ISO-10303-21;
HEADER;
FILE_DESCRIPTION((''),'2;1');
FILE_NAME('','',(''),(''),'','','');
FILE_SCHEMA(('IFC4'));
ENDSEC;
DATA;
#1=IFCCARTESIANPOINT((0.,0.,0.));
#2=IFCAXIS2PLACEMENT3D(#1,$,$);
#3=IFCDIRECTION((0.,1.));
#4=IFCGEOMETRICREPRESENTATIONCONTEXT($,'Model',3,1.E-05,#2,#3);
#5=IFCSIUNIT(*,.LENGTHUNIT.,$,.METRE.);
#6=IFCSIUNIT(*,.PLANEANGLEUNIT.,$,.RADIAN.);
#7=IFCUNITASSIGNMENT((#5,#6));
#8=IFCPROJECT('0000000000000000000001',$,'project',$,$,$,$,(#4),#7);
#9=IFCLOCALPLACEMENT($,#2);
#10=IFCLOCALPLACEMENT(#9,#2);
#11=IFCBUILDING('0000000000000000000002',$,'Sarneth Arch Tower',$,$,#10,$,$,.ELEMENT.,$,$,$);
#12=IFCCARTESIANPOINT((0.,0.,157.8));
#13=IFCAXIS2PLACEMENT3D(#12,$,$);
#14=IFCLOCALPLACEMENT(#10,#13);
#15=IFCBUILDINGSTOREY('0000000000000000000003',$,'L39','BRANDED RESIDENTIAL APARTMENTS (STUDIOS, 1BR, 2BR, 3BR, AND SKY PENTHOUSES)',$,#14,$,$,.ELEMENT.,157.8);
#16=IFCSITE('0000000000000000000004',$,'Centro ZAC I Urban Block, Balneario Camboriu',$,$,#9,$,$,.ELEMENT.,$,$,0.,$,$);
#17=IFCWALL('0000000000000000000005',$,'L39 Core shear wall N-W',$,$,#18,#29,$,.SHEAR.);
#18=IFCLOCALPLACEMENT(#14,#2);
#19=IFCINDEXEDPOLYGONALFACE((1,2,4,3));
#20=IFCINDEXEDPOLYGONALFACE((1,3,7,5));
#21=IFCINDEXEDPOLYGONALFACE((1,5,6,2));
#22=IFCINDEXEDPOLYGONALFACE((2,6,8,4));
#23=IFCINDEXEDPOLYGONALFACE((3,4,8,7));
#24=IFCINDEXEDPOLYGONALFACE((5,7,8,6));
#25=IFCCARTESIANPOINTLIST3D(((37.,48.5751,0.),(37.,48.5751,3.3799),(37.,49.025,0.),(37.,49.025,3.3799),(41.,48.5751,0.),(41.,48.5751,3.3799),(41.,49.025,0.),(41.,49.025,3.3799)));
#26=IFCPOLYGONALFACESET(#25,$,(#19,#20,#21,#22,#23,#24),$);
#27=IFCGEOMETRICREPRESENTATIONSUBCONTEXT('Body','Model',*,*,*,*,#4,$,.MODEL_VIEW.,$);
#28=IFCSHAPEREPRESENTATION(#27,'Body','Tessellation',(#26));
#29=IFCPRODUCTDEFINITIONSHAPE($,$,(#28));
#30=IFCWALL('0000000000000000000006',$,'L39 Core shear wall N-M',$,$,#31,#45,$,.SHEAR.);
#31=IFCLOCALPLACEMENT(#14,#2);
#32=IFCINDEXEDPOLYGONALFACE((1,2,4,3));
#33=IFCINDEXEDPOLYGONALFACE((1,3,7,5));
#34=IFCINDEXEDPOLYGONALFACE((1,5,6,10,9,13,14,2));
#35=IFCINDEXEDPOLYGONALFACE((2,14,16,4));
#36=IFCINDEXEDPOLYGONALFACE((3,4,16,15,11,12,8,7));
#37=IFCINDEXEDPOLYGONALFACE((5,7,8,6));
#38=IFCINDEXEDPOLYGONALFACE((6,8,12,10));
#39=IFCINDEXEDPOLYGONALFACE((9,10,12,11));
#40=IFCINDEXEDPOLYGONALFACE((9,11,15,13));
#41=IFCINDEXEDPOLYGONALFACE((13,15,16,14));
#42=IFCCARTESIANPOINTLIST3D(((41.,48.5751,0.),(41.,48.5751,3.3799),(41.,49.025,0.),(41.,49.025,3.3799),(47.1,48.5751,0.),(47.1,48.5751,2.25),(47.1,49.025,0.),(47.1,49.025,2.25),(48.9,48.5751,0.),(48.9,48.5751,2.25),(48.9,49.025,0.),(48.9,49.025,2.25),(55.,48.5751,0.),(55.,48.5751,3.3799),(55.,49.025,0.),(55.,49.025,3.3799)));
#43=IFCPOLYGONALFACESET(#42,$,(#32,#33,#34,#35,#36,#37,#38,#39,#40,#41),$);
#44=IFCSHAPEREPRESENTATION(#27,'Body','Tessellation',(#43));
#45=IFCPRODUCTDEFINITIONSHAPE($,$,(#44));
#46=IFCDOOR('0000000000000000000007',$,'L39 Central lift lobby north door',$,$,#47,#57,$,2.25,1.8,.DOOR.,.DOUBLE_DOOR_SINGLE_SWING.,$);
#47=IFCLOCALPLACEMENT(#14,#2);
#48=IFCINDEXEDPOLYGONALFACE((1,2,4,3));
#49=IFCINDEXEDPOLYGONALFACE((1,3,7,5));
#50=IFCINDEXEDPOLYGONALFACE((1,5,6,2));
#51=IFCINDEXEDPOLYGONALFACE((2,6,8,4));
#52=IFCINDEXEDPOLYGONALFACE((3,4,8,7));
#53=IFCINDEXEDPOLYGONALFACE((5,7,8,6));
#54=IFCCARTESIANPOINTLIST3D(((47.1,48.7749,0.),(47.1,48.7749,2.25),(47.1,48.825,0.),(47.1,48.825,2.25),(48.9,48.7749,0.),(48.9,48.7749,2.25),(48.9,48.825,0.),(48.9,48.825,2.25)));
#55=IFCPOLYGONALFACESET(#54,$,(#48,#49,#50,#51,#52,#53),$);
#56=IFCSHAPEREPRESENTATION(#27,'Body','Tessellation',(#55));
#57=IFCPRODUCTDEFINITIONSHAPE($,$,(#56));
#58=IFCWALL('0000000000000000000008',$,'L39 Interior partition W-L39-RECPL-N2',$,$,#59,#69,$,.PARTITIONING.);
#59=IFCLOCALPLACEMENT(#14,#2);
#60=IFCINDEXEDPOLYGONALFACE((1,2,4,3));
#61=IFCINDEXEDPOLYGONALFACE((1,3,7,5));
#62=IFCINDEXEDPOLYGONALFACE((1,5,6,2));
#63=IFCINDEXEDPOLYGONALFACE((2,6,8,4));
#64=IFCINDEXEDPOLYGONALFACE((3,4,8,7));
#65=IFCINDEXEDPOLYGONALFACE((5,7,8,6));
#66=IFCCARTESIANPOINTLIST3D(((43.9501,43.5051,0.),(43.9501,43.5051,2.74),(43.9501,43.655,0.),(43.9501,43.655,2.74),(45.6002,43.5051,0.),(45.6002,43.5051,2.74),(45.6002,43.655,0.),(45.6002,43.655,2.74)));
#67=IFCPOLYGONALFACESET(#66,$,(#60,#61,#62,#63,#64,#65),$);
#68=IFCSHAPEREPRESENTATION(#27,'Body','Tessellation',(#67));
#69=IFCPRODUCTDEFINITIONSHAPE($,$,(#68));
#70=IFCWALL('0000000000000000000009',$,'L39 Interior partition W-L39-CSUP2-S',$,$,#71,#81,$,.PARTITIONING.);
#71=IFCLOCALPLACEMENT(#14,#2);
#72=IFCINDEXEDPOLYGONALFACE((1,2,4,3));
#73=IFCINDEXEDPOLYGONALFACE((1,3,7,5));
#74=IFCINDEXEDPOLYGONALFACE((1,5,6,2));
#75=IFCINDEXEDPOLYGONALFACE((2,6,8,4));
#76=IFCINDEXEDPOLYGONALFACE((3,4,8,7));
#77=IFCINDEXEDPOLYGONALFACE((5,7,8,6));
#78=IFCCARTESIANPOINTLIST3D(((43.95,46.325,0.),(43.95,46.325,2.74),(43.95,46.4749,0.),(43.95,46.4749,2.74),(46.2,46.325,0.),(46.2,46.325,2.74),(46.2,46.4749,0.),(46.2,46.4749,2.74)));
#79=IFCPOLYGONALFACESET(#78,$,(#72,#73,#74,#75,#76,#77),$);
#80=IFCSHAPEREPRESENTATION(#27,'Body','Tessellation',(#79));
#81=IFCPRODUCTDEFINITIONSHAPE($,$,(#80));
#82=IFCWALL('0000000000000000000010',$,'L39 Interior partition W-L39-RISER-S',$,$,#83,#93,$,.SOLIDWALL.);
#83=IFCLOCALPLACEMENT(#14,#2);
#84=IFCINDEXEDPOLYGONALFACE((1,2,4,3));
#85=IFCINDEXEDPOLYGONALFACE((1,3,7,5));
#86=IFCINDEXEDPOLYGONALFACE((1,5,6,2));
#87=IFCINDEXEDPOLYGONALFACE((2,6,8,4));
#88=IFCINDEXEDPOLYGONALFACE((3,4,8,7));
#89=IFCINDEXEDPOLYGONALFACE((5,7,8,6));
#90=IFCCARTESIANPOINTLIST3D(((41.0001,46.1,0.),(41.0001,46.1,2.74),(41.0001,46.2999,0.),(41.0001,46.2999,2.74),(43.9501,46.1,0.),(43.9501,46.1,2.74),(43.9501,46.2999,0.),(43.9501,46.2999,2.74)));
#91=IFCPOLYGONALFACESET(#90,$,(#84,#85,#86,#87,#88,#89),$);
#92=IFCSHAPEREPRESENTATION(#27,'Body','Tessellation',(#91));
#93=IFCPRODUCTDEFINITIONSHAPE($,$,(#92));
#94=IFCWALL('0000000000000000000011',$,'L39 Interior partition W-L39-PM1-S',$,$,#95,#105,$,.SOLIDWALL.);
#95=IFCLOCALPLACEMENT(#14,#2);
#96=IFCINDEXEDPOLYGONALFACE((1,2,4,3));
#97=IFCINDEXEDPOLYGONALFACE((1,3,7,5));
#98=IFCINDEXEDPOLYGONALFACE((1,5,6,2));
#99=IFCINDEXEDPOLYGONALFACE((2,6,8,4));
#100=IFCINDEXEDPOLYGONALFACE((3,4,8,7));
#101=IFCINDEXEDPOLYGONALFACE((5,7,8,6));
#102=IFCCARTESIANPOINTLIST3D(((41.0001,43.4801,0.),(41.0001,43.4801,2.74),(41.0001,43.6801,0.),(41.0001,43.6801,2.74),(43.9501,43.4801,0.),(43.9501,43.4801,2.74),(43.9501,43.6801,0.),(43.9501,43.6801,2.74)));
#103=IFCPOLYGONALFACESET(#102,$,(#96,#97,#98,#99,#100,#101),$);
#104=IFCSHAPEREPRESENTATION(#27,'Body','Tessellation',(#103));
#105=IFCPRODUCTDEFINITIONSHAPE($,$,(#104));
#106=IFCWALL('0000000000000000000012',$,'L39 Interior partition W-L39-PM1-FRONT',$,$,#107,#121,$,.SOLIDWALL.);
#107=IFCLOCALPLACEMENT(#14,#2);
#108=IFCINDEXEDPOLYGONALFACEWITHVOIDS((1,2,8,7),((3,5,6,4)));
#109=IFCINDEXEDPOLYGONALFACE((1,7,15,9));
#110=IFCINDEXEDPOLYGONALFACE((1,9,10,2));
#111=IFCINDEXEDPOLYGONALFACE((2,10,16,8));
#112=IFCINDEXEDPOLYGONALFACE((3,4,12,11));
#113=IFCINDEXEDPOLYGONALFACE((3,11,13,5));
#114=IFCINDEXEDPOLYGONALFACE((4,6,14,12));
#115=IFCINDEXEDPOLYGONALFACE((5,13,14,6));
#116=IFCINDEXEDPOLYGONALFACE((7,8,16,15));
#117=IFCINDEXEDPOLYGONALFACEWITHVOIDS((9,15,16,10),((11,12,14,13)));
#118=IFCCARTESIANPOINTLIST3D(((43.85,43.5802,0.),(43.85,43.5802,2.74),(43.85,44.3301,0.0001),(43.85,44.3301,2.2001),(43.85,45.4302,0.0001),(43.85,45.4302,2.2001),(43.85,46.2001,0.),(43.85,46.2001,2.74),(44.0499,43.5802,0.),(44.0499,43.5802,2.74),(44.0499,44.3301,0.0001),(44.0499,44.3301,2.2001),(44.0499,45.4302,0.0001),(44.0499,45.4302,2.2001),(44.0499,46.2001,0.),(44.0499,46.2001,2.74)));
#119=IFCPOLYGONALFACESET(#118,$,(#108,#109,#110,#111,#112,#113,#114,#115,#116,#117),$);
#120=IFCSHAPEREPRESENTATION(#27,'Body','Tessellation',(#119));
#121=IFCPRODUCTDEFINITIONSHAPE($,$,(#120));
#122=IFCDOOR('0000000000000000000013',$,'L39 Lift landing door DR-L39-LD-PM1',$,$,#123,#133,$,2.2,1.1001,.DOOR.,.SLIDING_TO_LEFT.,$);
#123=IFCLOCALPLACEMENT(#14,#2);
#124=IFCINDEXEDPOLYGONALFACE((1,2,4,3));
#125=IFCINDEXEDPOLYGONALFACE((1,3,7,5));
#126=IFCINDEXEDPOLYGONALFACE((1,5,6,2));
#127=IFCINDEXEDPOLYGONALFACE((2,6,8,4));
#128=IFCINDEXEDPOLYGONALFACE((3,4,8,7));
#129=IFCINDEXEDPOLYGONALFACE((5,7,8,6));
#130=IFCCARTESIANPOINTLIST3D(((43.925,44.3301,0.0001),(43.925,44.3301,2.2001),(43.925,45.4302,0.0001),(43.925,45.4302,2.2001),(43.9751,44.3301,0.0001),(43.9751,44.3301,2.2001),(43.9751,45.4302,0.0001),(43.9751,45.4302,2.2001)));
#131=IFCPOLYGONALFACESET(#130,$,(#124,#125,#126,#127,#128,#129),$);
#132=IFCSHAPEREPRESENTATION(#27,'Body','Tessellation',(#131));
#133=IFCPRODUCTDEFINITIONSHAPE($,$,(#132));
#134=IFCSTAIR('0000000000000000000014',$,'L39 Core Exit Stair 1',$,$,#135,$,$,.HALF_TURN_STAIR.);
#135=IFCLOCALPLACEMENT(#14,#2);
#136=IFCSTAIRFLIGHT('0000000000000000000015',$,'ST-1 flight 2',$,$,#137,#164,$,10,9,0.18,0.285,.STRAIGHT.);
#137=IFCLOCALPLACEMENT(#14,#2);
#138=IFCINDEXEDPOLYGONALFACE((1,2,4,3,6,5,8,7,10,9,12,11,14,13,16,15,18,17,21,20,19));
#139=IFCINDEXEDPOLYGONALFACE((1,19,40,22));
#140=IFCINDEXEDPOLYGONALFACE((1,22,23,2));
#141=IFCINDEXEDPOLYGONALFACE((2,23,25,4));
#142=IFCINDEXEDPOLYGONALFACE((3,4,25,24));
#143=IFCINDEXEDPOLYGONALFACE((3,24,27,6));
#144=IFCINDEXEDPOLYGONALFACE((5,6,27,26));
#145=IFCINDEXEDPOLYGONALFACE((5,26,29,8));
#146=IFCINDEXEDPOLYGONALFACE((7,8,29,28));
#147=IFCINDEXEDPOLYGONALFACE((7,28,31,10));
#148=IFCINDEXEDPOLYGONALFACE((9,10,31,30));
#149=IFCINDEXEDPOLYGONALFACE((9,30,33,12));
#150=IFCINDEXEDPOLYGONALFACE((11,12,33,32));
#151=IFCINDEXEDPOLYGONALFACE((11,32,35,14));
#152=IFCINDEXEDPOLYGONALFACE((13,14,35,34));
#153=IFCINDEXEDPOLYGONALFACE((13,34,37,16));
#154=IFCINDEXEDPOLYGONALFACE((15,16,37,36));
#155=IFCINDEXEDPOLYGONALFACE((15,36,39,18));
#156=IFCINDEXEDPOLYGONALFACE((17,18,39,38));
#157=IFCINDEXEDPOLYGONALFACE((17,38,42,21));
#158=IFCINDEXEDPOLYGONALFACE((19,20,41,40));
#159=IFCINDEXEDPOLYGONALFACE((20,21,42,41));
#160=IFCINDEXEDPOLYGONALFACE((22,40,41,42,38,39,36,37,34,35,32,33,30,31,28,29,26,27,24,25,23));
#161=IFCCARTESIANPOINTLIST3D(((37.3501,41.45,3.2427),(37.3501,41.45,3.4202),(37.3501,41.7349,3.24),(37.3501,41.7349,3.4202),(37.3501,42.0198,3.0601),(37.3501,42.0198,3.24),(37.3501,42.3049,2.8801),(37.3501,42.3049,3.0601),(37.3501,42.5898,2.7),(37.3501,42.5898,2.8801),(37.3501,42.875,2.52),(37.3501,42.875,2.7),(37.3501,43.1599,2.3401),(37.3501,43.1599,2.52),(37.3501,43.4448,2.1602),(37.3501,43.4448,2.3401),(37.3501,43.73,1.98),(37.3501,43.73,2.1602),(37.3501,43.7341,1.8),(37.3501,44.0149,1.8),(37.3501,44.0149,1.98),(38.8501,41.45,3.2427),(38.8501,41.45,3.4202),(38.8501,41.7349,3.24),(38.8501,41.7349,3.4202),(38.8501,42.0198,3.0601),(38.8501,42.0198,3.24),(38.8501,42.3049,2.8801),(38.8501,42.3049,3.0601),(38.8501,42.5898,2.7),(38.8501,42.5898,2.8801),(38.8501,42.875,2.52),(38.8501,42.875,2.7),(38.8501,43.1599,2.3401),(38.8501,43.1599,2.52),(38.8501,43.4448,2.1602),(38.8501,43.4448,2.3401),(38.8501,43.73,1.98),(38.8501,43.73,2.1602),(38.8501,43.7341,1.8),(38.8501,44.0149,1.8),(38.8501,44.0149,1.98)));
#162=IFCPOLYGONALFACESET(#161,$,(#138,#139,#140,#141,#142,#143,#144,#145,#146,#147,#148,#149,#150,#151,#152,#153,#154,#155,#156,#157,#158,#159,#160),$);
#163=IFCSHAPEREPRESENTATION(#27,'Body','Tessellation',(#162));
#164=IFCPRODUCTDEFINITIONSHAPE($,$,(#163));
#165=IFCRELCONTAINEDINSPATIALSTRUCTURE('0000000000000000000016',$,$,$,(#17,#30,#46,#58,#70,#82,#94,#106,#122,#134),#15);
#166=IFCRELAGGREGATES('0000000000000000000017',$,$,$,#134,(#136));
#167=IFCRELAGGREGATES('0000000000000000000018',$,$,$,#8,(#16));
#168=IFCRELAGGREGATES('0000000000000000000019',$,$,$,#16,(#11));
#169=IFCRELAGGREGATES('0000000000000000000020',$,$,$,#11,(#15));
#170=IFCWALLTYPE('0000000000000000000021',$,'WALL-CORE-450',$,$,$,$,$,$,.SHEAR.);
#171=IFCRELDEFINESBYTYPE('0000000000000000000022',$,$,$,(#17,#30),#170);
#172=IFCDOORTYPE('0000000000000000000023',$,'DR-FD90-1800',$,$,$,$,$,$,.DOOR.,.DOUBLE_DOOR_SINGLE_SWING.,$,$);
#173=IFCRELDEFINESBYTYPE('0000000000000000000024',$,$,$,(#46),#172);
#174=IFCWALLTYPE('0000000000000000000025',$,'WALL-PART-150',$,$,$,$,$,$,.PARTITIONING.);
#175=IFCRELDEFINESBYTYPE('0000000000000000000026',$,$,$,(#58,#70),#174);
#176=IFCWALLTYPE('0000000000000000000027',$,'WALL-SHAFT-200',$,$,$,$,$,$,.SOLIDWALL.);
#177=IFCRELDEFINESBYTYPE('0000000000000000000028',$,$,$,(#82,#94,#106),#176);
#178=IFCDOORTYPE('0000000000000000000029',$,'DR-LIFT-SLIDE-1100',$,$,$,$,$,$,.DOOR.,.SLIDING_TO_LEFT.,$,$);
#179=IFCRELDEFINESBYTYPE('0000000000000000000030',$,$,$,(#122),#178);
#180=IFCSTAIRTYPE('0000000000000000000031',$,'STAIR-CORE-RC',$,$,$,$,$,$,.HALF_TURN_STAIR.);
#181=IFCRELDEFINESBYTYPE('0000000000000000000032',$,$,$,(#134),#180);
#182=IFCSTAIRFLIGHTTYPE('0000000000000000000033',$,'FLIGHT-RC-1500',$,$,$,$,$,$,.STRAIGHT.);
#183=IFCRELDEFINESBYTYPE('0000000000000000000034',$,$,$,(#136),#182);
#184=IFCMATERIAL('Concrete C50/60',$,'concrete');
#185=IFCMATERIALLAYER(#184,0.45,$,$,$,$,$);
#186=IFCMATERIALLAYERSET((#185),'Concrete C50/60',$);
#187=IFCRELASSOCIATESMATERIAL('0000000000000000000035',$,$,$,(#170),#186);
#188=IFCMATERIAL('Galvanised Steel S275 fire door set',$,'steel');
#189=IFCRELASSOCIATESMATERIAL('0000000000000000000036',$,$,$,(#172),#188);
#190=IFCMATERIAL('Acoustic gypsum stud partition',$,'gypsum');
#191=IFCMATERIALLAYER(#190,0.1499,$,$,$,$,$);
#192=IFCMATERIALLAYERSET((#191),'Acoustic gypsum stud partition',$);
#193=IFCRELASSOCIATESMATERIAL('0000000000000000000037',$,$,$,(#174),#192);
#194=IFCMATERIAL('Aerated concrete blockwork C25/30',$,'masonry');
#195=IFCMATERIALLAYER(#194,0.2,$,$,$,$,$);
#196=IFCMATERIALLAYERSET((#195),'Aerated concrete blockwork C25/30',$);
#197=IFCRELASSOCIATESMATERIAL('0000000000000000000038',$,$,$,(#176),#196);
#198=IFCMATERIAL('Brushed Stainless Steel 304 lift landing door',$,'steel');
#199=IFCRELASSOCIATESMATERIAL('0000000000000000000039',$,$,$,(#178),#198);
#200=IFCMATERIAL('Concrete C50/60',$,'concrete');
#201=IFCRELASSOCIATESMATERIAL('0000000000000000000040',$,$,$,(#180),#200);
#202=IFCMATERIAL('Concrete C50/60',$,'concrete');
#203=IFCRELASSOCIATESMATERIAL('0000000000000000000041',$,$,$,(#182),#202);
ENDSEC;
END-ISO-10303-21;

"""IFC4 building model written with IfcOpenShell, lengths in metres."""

from ifc_helpers import new_model, si_unit, direction, frame, frame_2d, origin, place, context, subcontext, project, spatial, polyline, rectangle, outline, extrude, material, layer, layer_set, type_object, element, fill, aggregate, save


model = new_model("IFC4")

# Units and contexts
model_context = context("Model", 3, precision=1e-05, world=origin(), true_north=direction((0.0, 1.0)))
body_context = subcontext(model_context, "Body", "Model", "MODEL_VIEW")
ifc_project = project(units=[si_unit("LENGTHUNIT", "METRE"), si_unit("PLANEANGLEUNIT", "RADIAN")], contexts=[model_context])

# Site, building, storey
site_placement = place(None, origin())
site = spatial("IfcSite", under=ifc_project, at=site_placement, Name="Centro ZAC I Urban Block, Balneario Camboriu", CompositionType="ELEMENT", RefElevation=0.0)
building_placement = place(site_placement, origin())
building = spatial("IfcBuilding", under=site, at=building_placement, Name="Sarneth Arch Tower", CompositionType="ELEMENT")
storey_placement = place(building_placement, frame((0.0, 0.0, 157.8)))
storey = spatial("IfcBuildingStorey", under=building, at=storey_placement, Name="L39", Description="BRANDED RESIDENTIAL APARTMENTS (STUDIOS, 1BR, 2BR, 3BR, AND SKY PENTHOUSES)", CompositionType="ELEMENT", Elevation=157.8)

# Wall
ifc_material_1 = material(Name="Concrete C50/60", Category="concrete")
ifc_layer_1 = layer(ifc_material_1, 0.45)
ifc_layer_set_1 = layer_set([ifc_layer_1], Name="Concrete C50/60")
wall_type_1 = type_object("IfcWallType", Name="WALL-CORE-450", PredefinedType="SHEAR", material=ifc_layer_set_1)
wall_1_placement = place(storey_placement, frame((37.0, 48.8, 0.0), z_axis=(0.0, 0.0, 1.0), x_axis=(1.0, 0.0, 0.0)))
element("IfcWall", 1, at=wall_1_placement, inside=storey, type_object=wall_type_1, Name="L39 Core shear wall N-W", PredefinedType="SHEAR", context=body_context, shape_type="SweptSolid", body=[
    extrude(rectangle(XDim=4.0, YDim=0.45, at=frame_2d((2.0, 0.0))), origin(), (0.0, 0.0, 1.0), 3.3799),
])

# Wall, opening, door
wall_2_placement = place(storey_placement, frame((41.0, 48.8, 0.0), z_axis=(0.0, 0.0, 1.0), x_axis=(1.0, 0.0, 0.0)))
wall_2 = element("IfcWall", 2, at=wall_2_placement, inside=storey, type_object=wall_type_1, Name="L39 Core shear wall N-M", PredefinedType="SHEAR", context=body_context, shape_type="SweptSolid", body=[
    extrude(rectangle(XDim=14.0, YDim=0.45, at=frame_2d((7.0, 0.0))), origin(), (0.0, 0.0, 1.0), 3.3799),
])
opening_1_placement = place(wall_2_placement, frame((6.1001, 0.0, 0.0)))
opening_1 = element("IfcOpeningElement", 3, at=opening_1_placement, cuts=wall_2, PredefinedType="OPENING", context=body_context, shape_type="SweptSolid", body=[
    extrude(rectangle(XDim=1.8, YDim=2.25, at=frame_2d((0.8999, 1.125))), frame((0.0, 0.2349, 0.0), z_axis=(0.0, -1.0, 0.0), x_axis=(1.0, 0.0, 0.0)), (0.0, 0.0, 1.0), 0.47),
])
ifc_material_2 = material(Name="Galvanised Steel S275 fire door set", Category="steel")
door_type_1 = type_object("IfcDoorType", Name="DR-FD90-1800", OperationType="DOUBLE_DOOR_SINGLE_SWING", PredefinedType="DOOR", material=ifc_material_2)
door_1_placement = place(opening_1_placement, origin())
door_1 = element("IfcDoor", 4, at=door_1_placement, inside=storey, type_object=door_type_1, Name="L39 Central lift lobby north door", OperationType="DOUBLE_DOOR_SINGLE_SWING", OverallHeight=2.25, OverallWidth=1.8, PredefinedType="DOOR", context=body_context, shape_type="SweptSolid", body=[
    extrude(rectangle(XDim=1.8, YDim=2.25, at=frame_2d((0.8999, 1.125))), frame((0.0, 0.0249, 0.0), z_axis=(0.0, -1.0, 0.0), x_axis=(1.0, 0.0, 0.0)), (0.0, 0.0, 1.0), 0.05),
])
fill(opening_1, door_1)

# Walls
ifc_material_3 = material(Name="Acoustic gypsum stud partition", Category="gypsum")
ifc_layer_2 = layer(ifc_material_3, 0.1499)
ifc_layer_set_2 = layer_set([ifc_layer_2], Name="Acoustic gypsum stud partition")
wall_type_2 = type_object("IfcWallType", Name="WALL-PART-150", PredefinedType="PARTITIONING", material=ifc_layer_set_2)
wall_3_placement = place(storey_placement, frame((43.95, 43.5801, 0.0), z_axis=(0.0, 0.0, 1.0), x_axis=(1.0, 0.0, 0.0)))
element("IfcWall", 5, at=wall_3_placement, inside=storey, type_object=wall_type_2, Name="L39 Interior partition W-L39-RECPL-N2", PredefinedType="PARTITIONING", context=body_context, shape_type="SweptSolid", body=[
    extrude(rectangle(XDim=1.6501, YDim=0.1499, at=frame_2d((0.8252, 0.0))), origin(), (0.0, 0.0, 1.0), 2.74),
])
wall_4_placement = place(storey_placement, frame((43.95, 46.3999, 0.0), z_axis=(0.0, 0.0, 1.0), x_axis=(1.0, 0.0, 0.0)))
element("IfcWall", 6, at=wall_4_placement, inside=storey, type_object=wall_type_2, Name="L39 Interior partition W-L39-CSUP2-S", PredefinedType="PARTITIONING", context=body_context, shape_type="SweptSolid", body=[
    extrude(rectangle(XDim=2.25, YDim=0.1499, at=frame_2d((1.125, 0.0))), origin(), (0.0, 0.0, 1.0), 2.74),
])

# Wall
ifc_material_4 = material(Name="Aerated concrete blockwork C25/30", Category="masonry")
ifc_layer_3 = layer(ifc_material_4, 0.2)
ifc_layer_set_3 = layer_set([ifc_layer_3], Name="Aerated concrete blockwork C25/30")
wall_type_3 = type_object("IfcWallType", Name="WALL-SHAFT-200", PredefinedType="SOLIDWALL", material=ifc_layer_set_3)
wall_5_placement = place(storey_placement, frame((41.0, 46.2, 0.0), z_axis=(0.0, 0.0, 1.0), x_axis=(1.0, 0.0, 0.0)))
element("IfcWall", 7, at=wall_5_placement, inside=storey, type_object=wall_type_3, Name="L39 Interior partition W-L39-RISER-S", PredefinedType="SOLIDWALL", context=body_context, shape_type="SweptSolid", body=[
    extrude(rectangle(XDim=2.95, YDim=0.2, at=frame_2d((1.4751, 0.0))), origin(), (0.0, 0.0, 1.0), 2.74),
])

# Wall
wall_6_placement = place(storey_placement, frame((41.0, 43.5801, 0.0), z_axis=(0.0, 0.0, 1.0), x_axis=(1.0, 0.0, 0.0)))
element("IfcWall", 8, at=wall_6_placement, inside=storey, type_object=wall_type_3, Name="L39 Interior partition W-L39-PM1-S", PredefinedType="SOLIDWALL", context=body_context, shape_type="SweptSolid", body=[
    extrude(rectangle(XDim=2.95, YDim=0.2, at=frame_2d((1.4751, 0.0))), origin(), (0.0, 0.0, 1.0), 2.74),
])

# Wall, opening, door
wall_7_placement = place(storey_placement, frame((43.95, 43.5801, 0.0), z_axis=(0.0, 0.0, 1.0), x_axis=(0.0, 1.0, 0.0)))
wall_7 = element("IfcWall", 9, at=wall_7_placement, inside=storey, type_object=wall_type_3, Name="L39 Interior partition W-L39-PM1-FRONT", PredefinedType="SOLIDWALL", context=body_context, shape_type="SweptSolid", body=[
    extrude(rectangle(XDim=2.6199, YDim=0.2, at=frame_2d((1.3101, 0.0))), origin(), (0.0, 0.0, 1.0), 2.74),
])
opening_2_placement = place(wall_7_placement, frame((0.75, 0.0, 0.0)))
opening_2 = element("IfcOpeningElement", 10, at=opening_2_placement, cuts=wall_7, PredefinedType="OPENING", context=body_context, shape_type="SweptSolid", body=[
    extrude(rectangle(XDim=1.1001, YDim=2.2, at=frame_2d((0.55, 1.1001))), frame((0.0, 0.1099, 0.0), z_axis=(0.0, -1.0, 0.0), x_axis=(1.0, 0.0, 0.0)), (0.0, 0.0, 1.0), 0.22),
])
ifc_material_5 = material(Name="Brushed Stainless Steel 304 lift landing door", Category="steel")
door_type_2 = type_object("IfcDoorType", Name="DR-LIFT-SLIDE-1100", OperationType="SLIDING_TO_LEFT", PredefinedType="DOOR", material=ifc_material_5)
door_2_placement = place(opening_2_placement, origin())
door_2 = element("IfcDoor", 11, at=door_2_placement, inside=storey, type_object=door_type_2, Name="L39 Lift landing door DR-L39-LD-PM1", OperationType="SLIDING_TO_LEFT", OverallHeight=2.2, OverallWidth=1.1001, PredefinedType="DOOR", context=body_context, shape_type="SweptSolid", body=[
    extrude(rectangle(XDim=1.1001, YDim=2.2, at=frame_2d((0.55, 1.1001))), frame((0.0, 0.0249, 0.0), z_axis=(0.0, -1.0, 0.0), x_axis=(1.0, 0.0, 0.0)), (0.0, 0.0, 1.0), 0.05),
])
fill(opening_2, door_2)

# Stair, stair flight
ifc_material_6 = material(Name="Concrete C50/60", Category="concrete")
stair_type = type_object("IfcStairType", Name="STAIR-CORE-RC", PredefinedType="HALF_TURN_STAIR", material=ifc_material_6)
stair_placement = place(storey_placement, origin())
stair = element("IfcStair", 12, at=stair_placement, inside=storey, type_object=stair_type, Name="L39 Core Exit Stair 1", PredefinedType="HALF_TURN_STAIR")
ifc_material_7 = material(Name="Concrete C50/60", Category="concrete")
stair_flight_type = type_object("IfcStairFlightType", Name="FLIGHT-RC-1500", PredefinedType="STRAIGHT", material=ifc_material_7)
stair_flight_placement = place(storey_placement, frame((38.1001, 44.0149, 1.8), z_axis=(0.0, 0.0, 1.0), x_axis=(0.0, -1.0, 0.0)))
stair_flight = element("IfcStairFlight", 13, at=stair_flight_placement, type_object=stair_flight_type, Name="ST-1 flight 2", NumberOfRisers=10, NumberOfTreads=9, PredefinedType="STRAIGHT", RiserHeight=0.18, TreadLength=0.285, context=body_context, shape_type="SweptSolid", body=[
    extrude(outline(polyline([(0.0, 0.0), (0.0, 0.1799), (0.2849, 0.1799), (0.2849, 0.3601), (0.5701, 0.3601), (0.5701, 0.54), (0.855, 0.54), (0.855, 0.72), (1.1399, 0.72), (1.1399, 0.8999), (1.425, 0.8999), (1.425, 1.0801), (1.71, 1.0801), (1.71, 1.26), (1.9951, 1.26), (1.9951, 1.4399), (2.28, 1.4399), (2.28, 1.6201), (2.5649, 1.6201), (2.5649, 1.8), (2.5649, 1.4426), (0.2808, 0.0), (0.0, 0.0)])), frame((0.0, 0.75, 0.0), z_axis=(0.0, -1.0, 0.0), x_axis=(1.0, 0.0, 0.0)), (0.0, 0.0, 1.0), 1.5),
])
aggregate(stair, [stair_flight])

save(model, "model.ifc")
